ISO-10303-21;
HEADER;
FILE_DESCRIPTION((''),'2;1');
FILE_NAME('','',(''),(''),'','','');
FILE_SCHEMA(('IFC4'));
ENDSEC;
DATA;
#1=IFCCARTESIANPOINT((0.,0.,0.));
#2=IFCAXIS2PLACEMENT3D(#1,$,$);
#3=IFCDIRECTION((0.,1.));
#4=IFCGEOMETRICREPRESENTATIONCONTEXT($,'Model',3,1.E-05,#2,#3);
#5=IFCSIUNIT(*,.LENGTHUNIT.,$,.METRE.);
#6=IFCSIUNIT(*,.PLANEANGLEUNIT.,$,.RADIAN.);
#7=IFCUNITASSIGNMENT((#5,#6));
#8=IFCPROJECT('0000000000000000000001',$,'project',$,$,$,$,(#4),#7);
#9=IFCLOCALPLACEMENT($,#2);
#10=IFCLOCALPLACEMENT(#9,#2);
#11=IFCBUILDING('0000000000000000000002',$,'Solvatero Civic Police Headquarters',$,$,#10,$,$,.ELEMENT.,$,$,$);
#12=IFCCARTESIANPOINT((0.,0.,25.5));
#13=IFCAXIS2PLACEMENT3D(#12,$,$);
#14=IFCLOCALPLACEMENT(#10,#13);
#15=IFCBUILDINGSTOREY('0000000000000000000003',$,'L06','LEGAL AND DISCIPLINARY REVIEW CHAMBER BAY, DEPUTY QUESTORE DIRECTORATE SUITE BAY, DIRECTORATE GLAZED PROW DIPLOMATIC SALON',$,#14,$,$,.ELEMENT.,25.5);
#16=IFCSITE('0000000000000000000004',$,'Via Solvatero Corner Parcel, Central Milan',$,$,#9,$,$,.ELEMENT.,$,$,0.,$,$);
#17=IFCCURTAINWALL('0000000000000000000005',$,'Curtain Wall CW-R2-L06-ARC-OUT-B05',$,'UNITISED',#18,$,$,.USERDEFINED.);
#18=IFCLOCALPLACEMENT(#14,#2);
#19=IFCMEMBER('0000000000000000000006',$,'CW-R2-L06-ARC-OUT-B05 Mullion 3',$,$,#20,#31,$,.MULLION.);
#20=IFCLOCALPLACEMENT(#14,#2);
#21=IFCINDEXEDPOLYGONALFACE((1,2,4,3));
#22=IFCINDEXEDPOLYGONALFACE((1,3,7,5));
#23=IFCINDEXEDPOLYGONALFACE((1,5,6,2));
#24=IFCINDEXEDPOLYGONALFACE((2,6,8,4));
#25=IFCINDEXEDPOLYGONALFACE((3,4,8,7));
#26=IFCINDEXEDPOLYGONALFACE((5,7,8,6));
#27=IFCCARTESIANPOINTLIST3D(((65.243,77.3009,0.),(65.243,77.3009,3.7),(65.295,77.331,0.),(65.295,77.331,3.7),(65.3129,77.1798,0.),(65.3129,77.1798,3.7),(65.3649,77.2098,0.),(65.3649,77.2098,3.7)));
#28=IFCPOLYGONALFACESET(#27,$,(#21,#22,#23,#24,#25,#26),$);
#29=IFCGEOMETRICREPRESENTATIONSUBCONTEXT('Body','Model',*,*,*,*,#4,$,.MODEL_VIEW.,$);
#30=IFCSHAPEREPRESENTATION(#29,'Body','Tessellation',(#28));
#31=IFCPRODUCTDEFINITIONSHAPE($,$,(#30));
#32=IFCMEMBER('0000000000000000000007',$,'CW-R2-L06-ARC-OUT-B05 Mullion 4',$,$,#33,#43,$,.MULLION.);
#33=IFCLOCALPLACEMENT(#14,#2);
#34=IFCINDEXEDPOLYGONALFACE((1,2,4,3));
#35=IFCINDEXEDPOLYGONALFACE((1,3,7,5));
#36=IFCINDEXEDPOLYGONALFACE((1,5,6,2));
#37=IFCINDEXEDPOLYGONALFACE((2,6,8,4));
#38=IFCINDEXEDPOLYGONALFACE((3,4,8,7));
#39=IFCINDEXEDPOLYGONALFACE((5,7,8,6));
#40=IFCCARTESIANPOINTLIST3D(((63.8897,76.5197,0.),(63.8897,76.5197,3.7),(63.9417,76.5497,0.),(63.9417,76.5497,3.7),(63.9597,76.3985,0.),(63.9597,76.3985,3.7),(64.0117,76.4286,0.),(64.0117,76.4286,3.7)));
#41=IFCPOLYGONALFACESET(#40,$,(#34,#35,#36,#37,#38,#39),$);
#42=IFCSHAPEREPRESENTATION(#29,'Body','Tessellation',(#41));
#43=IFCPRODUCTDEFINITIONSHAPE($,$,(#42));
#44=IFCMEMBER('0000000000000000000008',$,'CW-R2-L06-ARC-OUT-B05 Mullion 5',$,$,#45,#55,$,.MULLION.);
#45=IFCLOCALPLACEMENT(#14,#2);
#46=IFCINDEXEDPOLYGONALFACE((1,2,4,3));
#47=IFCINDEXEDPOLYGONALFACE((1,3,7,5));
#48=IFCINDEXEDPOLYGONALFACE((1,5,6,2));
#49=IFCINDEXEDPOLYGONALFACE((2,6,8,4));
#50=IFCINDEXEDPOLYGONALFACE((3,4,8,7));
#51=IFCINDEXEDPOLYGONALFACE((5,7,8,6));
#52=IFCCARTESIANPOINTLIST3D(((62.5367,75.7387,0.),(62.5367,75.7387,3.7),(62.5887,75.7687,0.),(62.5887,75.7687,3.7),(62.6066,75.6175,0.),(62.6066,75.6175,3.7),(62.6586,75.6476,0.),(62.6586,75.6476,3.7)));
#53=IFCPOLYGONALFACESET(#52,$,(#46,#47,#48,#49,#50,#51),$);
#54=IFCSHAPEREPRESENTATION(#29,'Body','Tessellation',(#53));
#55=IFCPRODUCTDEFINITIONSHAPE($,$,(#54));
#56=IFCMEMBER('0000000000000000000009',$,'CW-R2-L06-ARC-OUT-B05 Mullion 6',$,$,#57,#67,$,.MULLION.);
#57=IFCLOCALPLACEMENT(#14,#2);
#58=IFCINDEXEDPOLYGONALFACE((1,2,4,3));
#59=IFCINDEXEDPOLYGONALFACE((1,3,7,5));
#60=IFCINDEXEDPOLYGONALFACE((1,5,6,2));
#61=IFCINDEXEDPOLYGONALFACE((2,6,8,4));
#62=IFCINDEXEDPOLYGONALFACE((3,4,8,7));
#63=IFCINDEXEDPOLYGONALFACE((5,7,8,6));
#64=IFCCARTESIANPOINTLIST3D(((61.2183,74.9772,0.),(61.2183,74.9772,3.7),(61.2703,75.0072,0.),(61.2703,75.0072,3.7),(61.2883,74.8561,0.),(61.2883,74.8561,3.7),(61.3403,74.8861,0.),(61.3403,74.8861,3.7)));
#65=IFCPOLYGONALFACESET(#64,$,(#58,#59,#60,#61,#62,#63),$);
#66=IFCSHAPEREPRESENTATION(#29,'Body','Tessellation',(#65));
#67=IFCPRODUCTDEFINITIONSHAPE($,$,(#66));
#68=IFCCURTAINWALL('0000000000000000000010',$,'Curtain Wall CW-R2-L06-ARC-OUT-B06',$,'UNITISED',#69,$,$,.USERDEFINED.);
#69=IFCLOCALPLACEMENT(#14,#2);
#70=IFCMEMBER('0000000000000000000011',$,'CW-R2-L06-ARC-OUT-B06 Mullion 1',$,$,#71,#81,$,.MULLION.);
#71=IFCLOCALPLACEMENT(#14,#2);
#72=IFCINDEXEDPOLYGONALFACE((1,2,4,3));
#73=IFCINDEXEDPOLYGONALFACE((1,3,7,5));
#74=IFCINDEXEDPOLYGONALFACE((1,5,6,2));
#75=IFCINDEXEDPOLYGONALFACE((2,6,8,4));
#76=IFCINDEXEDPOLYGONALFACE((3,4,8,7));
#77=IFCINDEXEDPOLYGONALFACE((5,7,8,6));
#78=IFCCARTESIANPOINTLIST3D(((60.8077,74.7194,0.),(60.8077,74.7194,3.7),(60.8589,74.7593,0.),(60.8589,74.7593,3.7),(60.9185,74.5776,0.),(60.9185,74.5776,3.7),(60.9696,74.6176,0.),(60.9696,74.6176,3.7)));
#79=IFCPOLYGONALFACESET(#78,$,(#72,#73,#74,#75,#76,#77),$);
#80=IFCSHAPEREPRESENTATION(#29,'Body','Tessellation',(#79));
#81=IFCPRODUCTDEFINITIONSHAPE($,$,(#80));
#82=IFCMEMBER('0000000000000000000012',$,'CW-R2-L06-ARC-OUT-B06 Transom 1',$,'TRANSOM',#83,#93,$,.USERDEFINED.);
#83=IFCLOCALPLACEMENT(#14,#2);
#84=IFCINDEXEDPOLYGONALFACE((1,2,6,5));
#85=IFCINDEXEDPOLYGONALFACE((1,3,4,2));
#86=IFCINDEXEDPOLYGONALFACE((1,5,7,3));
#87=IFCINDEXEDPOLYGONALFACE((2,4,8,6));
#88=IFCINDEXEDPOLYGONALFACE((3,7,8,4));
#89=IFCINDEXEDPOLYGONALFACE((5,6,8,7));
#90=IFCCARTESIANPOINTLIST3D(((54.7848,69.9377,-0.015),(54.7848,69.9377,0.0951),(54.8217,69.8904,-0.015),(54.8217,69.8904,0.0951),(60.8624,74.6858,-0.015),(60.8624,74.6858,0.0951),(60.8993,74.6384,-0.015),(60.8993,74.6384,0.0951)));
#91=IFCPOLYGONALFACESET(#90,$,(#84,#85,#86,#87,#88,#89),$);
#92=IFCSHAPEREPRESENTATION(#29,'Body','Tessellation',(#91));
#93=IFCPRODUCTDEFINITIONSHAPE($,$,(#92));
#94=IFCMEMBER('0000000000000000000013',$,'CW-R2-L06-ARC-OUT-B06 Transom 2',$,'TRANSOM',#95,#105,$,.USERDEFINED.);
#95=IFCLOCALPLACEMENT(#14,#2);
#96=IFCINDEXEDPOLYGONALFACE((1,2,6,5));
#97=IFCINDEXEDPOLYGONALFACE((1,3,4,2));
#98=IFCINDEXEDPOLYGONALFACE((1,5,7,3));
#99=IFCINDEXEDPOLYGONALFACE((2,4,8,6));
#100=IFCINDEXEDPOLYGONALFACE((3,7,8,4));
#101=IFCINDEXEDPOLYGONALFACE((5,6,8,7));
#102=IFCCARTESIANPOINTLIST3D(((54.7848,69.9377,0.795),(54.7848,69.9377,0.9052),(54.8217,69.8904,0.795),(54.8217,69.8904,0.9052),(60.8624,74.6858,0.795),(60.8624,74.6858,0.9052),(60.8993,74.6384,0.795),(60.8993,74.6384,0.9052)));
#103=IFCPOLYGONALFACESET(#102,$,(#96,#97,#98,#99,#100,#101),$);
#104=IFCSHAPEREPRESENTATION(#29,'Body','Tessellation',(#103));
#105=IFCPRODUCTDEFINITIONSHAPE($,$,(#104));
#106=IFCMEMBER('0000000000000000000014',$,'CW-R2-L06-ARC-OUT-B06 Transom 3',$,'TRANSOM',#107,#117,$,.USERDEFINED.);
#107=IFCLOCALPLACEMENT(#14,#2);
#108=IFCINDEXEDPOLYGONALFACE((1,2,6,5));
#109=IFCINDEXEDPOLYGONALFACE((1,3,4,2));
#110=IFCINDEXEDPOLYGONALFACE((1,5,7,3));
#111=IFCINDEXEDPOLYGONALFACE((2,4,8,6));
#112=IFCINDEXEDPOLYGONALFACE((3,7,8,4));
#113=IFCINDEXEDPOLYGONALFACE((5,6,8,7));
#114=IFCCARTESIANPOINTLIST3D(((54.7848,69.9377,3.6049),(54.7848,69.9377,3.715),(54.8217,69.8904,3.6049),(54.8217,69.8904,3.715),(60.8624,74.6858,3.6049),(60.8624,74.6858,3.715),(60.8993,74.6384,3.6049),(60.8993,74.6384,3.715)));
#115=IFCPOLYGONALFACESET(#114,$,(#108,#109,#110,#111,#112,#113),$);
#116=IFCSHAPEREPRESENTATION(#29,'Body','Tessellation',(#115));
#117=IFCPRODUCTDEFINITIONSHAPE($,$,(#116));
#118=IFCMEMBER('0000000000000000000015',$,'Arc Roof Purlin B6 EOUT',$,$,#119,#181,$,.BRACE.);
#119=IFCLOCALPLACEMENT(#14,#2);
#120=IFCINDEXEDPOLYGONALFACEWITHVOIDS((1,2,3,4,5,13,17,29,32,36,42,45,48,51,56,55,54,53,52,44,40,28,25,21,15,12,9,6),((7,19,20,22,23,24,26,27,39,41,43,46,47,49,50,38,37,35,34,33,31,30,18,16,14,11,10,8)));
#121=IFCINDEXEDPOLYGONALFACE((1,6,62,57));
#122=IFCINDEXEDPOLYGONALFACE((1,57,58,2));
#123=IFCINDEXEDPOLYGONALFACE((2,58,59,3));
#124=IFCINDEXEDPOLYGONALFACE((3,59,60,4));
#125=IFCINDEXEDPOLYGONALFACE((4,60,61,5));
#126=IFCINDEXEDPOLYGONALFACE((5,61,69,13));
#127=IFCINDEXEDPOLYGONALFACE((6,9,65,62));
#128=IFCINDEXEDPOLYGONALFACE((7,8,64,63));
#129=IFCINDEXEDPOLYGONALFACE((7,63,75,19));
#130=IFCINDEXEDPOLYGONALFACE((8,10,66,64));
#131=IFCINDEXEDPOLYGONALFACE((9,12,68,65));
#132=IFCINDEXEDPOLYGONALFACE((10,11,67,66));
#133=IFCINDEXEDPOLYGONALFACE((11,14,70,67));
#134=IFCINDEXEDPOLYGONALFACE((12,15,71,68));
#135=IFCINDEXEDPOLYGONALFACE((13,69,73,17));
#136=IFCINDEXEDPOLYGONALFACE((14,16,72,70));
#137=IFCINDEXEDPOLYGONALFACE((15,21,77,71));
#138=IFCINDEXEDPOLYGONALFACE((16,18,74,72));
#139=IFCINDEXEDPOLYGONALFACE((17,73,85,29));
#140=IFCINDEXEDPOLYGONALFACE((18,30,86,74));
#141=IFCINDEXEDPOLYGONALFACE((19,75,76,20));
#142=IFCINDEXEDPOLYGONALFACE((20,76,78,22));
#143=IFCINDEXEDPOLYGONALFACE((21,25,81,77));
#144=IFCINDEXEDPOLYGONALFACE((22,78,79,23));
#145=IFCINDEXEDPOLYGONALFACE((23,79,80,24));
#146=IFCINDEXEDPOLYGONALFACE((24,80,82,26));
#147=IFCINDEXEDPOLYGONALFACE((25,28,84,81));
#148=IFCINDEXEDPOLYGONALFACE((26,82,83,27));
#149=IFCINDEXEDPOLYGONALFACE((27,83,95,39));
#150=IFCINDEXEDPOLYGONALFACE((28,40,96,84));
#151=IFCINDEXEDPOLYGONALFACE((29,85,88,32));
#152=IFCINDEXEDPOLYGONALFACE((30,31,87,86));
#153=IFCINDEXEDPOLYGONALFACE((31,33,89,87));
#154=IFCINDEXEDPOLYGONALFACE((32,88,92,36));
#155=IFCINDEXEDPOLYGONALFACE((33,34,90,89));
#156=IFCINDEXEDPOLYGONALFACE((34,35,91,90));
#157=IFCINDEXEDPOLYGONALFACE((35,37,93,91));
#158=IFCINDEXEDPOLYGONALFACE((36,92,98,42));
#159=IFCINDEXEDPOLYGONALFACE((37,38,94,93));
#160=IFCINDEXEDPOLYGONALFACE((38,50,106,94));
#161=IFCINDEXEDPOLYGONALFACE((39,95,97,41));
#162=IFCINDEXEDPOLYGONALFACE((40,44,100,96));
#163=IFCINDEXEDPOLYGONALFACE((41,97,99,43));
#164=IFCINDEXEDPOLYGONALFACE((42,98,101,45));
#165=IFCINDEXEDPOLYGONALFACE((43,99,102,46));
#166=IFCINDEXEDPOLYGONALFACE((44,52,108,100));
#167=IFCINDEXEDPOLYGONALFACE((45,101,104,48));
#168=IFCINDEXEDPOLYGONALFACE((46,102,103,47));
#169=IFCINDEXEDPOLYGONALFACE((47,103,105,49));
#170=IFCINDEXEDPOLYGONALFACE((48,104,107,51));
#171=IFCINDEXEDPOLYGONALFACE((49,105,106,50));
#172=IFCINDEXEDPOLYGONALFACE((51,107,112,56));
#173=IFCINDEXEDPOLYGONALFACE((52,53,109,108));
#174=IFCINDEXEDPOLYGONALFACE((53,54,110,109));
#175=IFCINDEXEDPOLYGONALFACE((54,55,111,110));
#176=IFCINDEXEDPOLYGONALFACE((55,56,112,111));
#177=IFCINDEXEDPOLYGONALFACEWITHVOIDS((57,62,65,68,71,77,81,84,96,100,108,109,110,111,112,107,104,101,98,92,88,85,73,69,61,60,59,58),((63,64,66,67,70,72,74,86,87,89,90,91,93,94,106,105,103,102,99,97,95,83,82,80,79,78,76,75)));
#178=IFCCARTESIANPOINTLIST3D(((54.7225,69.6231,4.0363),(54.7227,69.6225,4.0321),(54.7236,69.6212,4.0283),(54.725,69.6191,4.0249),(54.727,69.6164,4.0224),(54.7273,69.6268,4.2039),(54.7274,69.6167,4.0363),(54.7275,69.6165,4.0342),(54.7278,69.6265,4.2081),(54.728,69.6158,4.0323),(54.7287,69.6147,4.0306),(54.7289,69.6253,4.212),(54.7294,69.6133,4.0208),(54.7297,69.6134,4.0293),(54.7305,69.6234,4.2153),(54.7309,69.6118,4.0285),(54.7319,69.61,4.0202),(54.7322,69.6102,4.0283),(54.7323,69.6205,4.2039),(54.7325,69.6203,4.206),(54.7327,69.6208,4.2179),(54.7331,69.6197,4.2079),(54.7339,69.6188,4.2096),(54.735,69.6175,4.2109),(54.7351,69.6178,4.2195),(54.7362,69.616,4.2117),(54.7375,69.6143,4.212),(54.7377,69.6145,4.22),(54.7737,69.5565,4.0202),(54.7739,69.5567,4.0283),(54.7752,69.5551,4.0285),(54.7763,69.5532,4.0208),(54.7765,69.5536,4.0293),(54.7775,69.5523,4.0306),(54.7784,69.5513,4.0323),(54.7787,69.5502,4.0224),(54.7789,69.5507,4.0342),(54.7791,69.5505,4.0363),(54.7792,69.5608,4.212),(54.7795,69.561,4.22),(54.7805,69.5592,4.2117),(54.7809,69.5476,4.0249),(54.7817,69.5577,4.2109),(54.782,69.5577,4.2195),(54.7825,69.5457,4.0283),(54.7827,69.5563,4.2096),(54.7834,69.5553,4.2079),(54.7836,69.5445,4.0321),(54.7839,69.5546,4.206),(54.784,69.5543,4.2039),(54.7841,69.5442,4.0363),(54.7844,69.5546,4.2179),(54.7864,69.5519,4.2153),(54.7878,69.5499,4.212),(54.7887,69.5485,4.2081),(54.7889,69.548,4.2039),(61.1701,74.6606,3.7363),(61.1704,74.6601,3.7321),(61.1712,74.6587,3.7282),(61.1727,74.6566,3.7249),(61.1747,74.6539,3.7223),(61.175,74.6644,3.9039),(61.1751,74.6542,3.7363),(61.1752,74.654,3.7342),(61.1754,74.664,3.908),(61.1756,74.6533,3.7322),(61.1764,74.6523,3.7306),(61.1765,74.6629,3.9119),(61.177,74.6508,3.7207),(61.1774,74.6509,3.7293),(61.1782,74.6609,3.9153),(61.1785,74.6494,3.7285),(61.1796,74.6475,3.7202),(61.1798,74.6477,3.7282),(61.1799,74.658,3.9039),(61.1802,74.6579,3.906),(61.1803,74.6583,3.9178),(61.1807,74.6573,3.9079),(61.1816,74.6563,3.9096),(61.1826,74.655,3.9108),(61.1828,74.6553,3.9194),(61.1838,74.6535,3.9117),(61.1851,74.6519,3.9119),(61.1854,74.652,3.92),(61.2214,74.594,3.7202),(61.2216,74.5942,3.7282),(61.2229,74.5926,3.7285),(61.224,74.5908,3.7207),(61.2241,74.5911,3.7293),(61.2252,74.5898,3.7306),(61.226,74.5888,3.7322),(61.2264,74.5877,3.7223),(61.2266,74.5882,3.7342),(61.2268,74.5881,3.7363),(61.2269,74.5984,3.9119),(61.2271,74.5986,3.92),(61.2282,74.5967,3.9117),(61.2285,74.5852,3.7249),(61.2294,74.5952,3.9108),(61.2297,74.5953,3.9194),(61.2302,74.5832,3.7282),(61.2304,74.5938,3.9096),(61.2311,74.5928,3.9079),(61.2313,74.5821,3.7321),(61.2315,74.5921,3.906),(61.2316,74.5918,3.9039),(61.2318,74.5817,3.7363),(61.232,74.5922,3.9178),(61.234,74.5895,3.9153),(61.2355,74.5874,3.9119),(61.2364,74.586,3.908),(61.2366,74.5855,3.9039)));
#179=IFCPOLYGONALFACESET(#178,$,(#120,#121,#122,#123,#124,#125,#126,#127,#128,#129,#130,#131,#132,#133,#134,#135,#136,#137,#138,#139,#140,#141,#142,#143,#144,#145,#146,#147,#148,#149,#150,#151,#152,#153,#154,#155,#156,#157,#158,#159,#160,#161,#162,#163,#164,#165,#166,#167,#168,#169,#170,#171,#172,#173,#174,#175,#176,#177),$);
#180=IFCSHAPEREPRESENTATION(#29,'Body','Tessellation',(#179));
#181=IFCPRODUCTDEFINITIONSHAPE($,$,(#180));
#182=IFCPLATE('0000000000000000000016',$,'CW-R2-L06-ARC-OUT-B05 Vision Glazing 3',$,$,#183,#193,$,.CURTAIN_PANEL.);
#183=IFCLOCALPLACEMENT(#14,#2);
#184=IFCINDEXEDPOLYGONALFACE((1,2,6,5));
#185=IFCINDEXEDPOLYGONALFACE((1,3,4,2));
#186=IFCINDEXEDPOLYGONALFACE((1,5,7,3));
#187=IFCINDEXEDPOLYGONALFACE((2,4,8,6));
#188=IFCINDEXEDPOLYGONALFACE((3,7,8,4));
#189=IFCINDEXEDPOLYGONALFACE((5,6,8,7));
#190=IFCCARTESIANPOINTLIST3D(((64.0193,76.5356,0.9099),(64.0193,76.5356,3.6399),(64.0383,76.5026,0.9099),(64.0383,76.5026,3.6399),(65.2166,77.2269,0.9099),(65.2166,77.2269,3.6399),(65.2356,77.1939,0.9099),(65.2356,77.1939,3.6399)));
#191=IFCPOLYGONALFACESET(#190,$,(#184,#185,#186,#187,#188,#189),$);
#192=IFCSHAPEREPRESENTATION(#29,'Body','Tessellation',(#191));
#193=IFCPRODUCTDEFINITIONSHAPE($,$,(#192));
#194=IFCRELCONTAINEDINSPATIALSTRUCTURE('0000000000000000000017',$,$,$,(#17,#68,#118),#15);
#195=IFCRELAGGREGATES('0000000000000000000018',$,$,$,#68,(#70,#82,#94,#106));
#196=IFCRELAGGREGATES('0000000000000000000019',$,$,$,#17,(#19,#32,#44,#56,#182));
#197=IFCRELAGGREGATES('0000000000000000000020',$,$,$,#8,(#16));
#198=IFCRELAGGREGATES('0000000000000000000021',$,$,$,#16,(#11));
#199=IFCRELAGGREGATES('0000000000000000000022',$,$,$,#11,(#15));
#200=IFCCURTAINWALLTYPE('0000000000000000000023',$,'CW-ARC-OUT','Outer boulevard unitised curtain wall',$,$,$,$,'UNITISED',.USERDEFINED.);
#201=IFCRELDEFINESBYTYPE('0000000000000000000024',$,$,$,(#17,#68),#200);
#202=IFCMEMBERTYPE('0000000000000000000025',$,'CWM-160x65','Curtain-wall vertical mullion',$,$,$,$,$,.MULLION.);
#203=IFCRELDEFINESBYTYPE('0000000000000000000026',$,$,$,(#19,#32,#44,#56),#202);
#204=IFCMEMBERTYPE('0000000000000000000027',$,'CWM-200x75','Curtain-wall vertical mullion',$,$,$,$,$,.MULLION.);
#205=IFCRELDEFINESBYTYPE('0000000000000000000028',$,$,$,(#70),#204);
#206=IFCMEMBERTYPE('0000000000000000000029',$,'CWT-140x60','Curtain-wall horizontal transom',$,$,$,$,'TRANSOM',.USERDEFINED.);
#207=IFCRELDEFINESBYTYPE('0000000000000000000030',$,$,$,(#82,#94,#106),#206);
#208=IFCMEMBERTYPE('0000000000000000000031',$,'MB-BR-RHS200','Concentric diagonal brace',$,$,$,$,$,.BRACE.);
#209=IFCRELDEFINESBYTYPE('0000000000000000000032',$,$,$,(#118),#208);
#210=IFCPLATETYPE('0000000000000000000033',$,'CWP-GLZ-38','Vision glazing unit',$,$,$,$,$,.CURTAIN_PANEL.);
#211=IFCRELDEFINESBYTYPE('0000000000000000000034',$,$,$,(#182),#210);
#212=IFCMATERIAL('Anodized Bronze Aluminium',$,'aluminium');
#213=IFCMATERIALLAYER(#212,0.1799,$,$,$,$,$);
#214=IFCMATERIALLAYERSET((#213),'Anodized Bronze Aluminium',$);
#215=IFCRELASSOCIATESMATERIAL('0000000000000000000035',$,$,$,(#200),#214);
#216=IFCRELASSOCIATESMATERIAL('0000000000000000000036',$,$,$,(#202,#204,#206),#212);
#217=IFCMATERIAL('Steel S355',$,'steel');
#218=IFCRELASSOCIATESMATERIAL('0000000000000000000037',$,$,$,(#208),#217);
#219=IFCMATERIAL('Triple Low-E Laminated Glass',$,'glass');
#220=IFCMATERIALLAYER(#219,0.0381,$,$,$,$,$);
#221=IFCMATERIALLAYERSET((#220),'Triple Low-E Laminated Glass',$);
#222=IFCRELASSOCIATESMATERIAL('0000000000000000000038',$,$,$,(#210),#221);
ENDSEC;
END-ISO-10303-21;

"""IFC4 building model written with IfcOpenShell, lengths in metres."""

from ifc_helpers import new_model, si_unit, direction, frame, origin, origin_2d, place, context, subcontext, project, spatial, rectangle, hollow_rectangle, extrude, material, layer, layer_set, material_profile, profile_set, type_object, element, aggregate, save


model = new_model("IFC4")

# Units and contexts
model_context = context("Model", 3, precision=1e-05, world=origin(), true_north=direction((0.0, 1.0)))
body_context = subcontext(model_context, "Body", "Model", "MODEL_VIEW")
ifc_project = project(units=[si_unit("LENGTHUNIT", "METRE"), si_unit("PLANEANGLEUNIT", "RADIAN")], contexts=[model_context])

# Site, building, storey
site_placement = place(None, origin())
site = spatial("IfcSite", under=ifc_project, at=site_placement, Name="Via Solvatero Corner Parcel, Central Milan", CompositionType="ELEMENT", RefElevation=0.0)
building_placement = place(site_placement, origin())
building = spatial("IfcBuilding", under=site, at=building_placement, Name="Solvatero Civic Police Headquarters", CompositionType="ELEMENT")
storey_placement = place(building_placement, frame((0.0, 0.0, 25.5)))
storey = spatial("IfcBuildingStorey", under=building, at=storey_placement, Name="L06", Description="LEGAL AND DISCIPLINARY REVIEW CHAMBER BAY, DEPUTY QUESTORE DIRECTORATE SUITE BAY, DIRECTORATE GLAZED PROW DIPLOMATIC SALON", CompositionType="ELEMENT", Elevation=25.5)

# Curtain walls, members
ifc_material_1 = material(Name="Anodized Bronze Aluminium", Category="aluminium")
ifc_layer_1 = layer(ifc_material_1, 0.1799)
ifc_layer_set_1 = layer_set([ifc_layer_1], Name="Anodized Bronze Aluminium")
curtain_wall_type = type_object("IfcCurtainWallType", Name="CW-ARC-OUT", Description="Outer boulevard unitised curtain wall", ElementType="UNITISED", PredefinedType="USERDEFINED", material=ifc_layer_set_1)
curtain_wall_1_placement = place(storey_placement, origin())
curtain_wall_1 = element("IfcCurtainWall", 1, at=curtain_wall_1_placement, inside=storey, type_object=curtain_wall_type, Name="Curtain Wall CW-R2-L06-ARC-OUT-B05", ObjectType="UNITISED", PredefinedType="USERDEFINED")
ifc_material_profile_1 = material_profile(ifc_material_1, rectangle(XDim=0.0601, YDim=0.1399, at=origin_2d()), Name="ALU MULLION 60x140")
ifc_profile_set_1 = profile_set([ifc_material_profile_1], Name="Anodized Bronze Aluminium")
member_type_1 = type_object("IfcMemberType", Name="CWM-160x65", Description="Curtain-wall vertical mullion", PredefinedType="MULLION", material=ifc_profile_set_1)
member_1_placement = place(storey_placement, frame((65.304, 77.2554, 0.0), z_axis=(0.0, 0.0, 1.0), x_axis=(-0.866025, -0.5, 0.0)))
member_1 = element("IfcMember", 2, at=member_1_placement, type_object=member_type_1, Name="CW-R2-L06-ARC-OUT-B05 Mullion 3", PredefinedType="MULLION", context=body_context, shape_type="SweptSolid", body=[
    extrude(rectangle(XDim=0.0601, YDim=0.1399, at=origin_2d()), origin(), (0.0, 0.0, 1.0), 3.7),
])
member_2_placement = place(storey_placement, frame((63.9507, 76.4741, 0.0), z_axis=(0.0, 0.0, 1.0), x_axis=(-0.866025, -0.5, 0.0)))
member_2 = element("IfcMember", 3, at=member_2_placement, type_object=member_type_1, Name="CW-R2-L06-ARC-OUT-B05 Mullion 4", PredefinedType="MULLION", context=body_context, shape_type="SweptSolid", body=[
    extrude(rectangle(XDim=0.0601, YDim=0.1399, at=origin_2d()), origin(), (0.0, 0.0, 1.0), 3.7),
])
member_3_placement = place(storey_placement, frame((62.5977, 75.6931, 0.0), z_axis=(0.0, 0.0, 1.0), x_axis=(-0.866025, -0.5, 0.0)))
member_3 = element("IfcMember", 4, at=member_3_placement, type_object=member_type_1, Name="CW-R2-L06-ARC-OUT-B05 Mullion 5", PredefinedType="MULLION", context=body_context, shape_type="SweptSolid", body=[
    extrude(rectangle(XDim=0.0601, YDim=0.1399, at=origin_2d()), origin(), (0.0, 0.0, 1.0), 3.7),
])
member_4_placement = place(storey_placement, frame((61.2793, 74.9316, 0.0), z_axis=(0.0, 0.0, 1.0), x_axis=(-0.866025, -0.5, 0.0)))
member_4 = element("IfcMember", 5, at=member_4_placement, type_object=member_type_1, Name="CW-R2-L06-ARC-OUT-B05 Mullion 6", PredefinedType="MULLION", context=body_context, shape_type="SweptSolid", body=[
    extrude(rectangle(XDim=0.0601, YDim=0.1399, at=origin_2d()), origin(), (0.0, 0.0, 1.0), 3.7),
])
curtain_wall_2_placement = place(storey_placement, origin())
curtain_wall_2 = element("IfcCurtainWall", 6, at=curtain_wall_2_placement, inside=storey, type_object=curtain_wall_type, Name="Curtain Wall CW-R2-L06-ARC-OUT-B06", ObjectType="UNITISED", PredefinedType="USERDEFINED")
ifc_material_profile_2 = material_profile(ifc_material_1, rectangle(XDim=0.0649, YDim=0.1799, at=origin_2d()), Name="ALU MULLION 65x180")
ifc_profile_set_2 = profile_set([ifc_material_profile_2], Name="Anodized Bronze Aluminium")
member_type_2 = type_object("IfcMemberType", Name="CWM-200x75", Description="Curtain-wall vertical mullion", PredefinedType="MULLION", material=ifc_profile_set_2)
member_5_placement = place(storey_placement, frame((60.8887, 74.6685, 0.0), z_axis=(0.0, 0.0, 1.0), x_axis=(-0.788011, -0.615661, 0.0)))
member_5 = element("IfcMember", 7, at=member_5_placement, type_object=member_type_2, Name="CW-R2-L06-ARC-OUT-B06 Mullion 1", PredefinedType="MULLION", context=body_context, shape_type="SweptSolid", body=[
    extrude(rectangle(XDim=0.0649, YDim=0.1799, at=origin_2d()), origin(), (0.0, 0.0, 1.0), 3.7),
])
ifc_material_profile_3 = material_profile(ifc_material_1, rectangle(XDim=0.0601, YDim=0.1101, at=origin_2d()), Name="ALU TRANSOM 60x110")
ifc_profile_set_3 = profile_set([ifc_material_profile_3], Name="Anodized Bronze Aluminium")
member_type_3 = type_object("IfcMemberType", Name="CWT-140x60", Description="Curtain-wall horizontal transom", ElementType="TRANSOM", PredefinedType="USERDEFINED", material=ifc_profile_set_3)
member_6_placement = place(storey_placement, frame((60.8809, 74.6621, 0.04), z_axis=(-0.788031, -0.615635, 0.0), x_axis=(0.615635, -0.788031, 0.0)))
member_6 = element("IfcMember", 8, at=member_6_placement, type_object=member_type_3, Name="CW-R2-L06-ARC-OUT-B06 Transom 1", ObjectType="TRANSOM", PredefinedType="USERDEFINED", context=body_context, shape_type="SweptSolid", body=[
    extrude(rectangle(XDim=0.0601, YDim=0.1101, at=origin_2d()), origin(), (0.0, 0.0, 1.0), 7.7124),
])
member_7_placement = place(storey_placement, frame((60.8809, 74.6621, 0.8501), z_axis=(-0.788031, -0.615635, 0.0), x_axis=(0.615635, -0.788031, 0.0)))
member_7 = element("IfcMember", 9, at=member_7_placement, type_object=member_type_3, Name="CW-R2-L06-ARC-OUT-B06 Transom 2", ObjectType="TRANSOM", PredefinedType="USERDEFINED", context=body_context, shape_type="SweptSolid", body=[
    extrude(rectangle(XDim=0.0601, YDim=0.1101, at=origin_2d()), origin(), (0.0, 0.0, 1.0), 7.7124),
])
member_8_placement = place(storey_placement, frame((60.8809, 74.6621, 3.6599), z_axis=(-0.788031, -0.615635, 0.0), x_axis=(0.615635, -0.788031, 0.0)))
member_8 = element("IfcMember", 10, at=member_8_placement, type_object=member_type_3, Name="CW-R2-L06-ARC-OUT-B06 Transom 3", ObjectType="TRANSOM", PredefinedType="USERDEFINED", context=body_context, shape_type="SweptSolid", body=[
    extrude(rectangle(XDim=0.0601, YDim=0.1101, at=origin_2d()), origin(), (0.0, 0.0, 1.0), 7.7124),
])
aggregate(curtain_wall_2, [member_5, member_6, member_7, member_8])

# Member
ifc_material_2 = material(Name="Steel S355", Category="steel")
ifc_material_profile_4 = material_profile(ifc_material_2, hollow_rectangle(XDim=0.1001, YDim=0.2, WallThickness=0.0081, InnerFilletRadius=0.0081, OuterFilletRadius=0.0161, at=origin_2d()), Name="RHS 200x100x8.0")
ifc_profile_set_4 = profile_set([ifc_material_profile_4], Name="Steel S355")
member_type_4 = type_object("IfcMemberType", Name="MB-BR-RHS200", Description="Concentric diagonal brace", PredefinedType="BRACE", material=ifc_profile_set_4)
member_9_placement = place(storey_placement, frame((61.2034, 74.623, 3.8201), z_axis=(-0.787478, -0.615253, 0.036646), x_axis=(0.615666, -0.788007, 0.0)))
element("IfcMember", 11, at=member_9_placement, inside=storey, type_object=member_type_4, Name="Arc Roof Purlin B6 EOUT", PredefinedType="BRACE", context=body_context, shape_type="SweptSolid", body=[
    extrude(hollow_rectangle(XDim=0.1001, YDim=0.2, WallThickness=0.0081, InnerFilletRadius=0.0081, OuterFilletRadius=0.0161, at=origin_2d()), origin(), (0.0, 0.0, 1.0), 8.1877),
])

# Plate
ifc_material_3 = material(Name="Triple Low-E Laminated Glass", Category="glass")
ifc_layer_2 = layer(ifc_material_3, 0.0381)
ifc_layer_set_2 = layer_set([ifc_layer_2], Name="Triple Low-E Laminated Glass")
plate_type_1 = type_object("IfcPlateType", Name="CWP-GLZ-38", Description="Vision glazing unit", PredefinedType="CURTAIN_PANEL", material=ifc_layer_set_2)
plate_1_placement = place(storey_placement, frame((64.6274, 76.8647, 0.9099), z_axis=(0.0, 0.0, 1.0), x_axis=(-0.866025, -0.5, 0.0)))
plate_1 = element("IfcPlate", 12, at=plate_1_placement, type_object=plate_type_1, Name="CW-R2-L06-ARC-OUT-B05 Vision Glazing 3", PredefinedType="CURTAIN_PANEL", context=body_context, shape_type="SweptSolid", body=[
    extrude(rectangle(XDim=1.3826, YDim=0.0381, at=origin_2d()), origin(), (0.0, 0.0, 1.0), 2.73),
])
aggregate(curtain_wall_1, [member_1, member_2, member_3, member_4, plate_1])

save(model, "model.ifc")
